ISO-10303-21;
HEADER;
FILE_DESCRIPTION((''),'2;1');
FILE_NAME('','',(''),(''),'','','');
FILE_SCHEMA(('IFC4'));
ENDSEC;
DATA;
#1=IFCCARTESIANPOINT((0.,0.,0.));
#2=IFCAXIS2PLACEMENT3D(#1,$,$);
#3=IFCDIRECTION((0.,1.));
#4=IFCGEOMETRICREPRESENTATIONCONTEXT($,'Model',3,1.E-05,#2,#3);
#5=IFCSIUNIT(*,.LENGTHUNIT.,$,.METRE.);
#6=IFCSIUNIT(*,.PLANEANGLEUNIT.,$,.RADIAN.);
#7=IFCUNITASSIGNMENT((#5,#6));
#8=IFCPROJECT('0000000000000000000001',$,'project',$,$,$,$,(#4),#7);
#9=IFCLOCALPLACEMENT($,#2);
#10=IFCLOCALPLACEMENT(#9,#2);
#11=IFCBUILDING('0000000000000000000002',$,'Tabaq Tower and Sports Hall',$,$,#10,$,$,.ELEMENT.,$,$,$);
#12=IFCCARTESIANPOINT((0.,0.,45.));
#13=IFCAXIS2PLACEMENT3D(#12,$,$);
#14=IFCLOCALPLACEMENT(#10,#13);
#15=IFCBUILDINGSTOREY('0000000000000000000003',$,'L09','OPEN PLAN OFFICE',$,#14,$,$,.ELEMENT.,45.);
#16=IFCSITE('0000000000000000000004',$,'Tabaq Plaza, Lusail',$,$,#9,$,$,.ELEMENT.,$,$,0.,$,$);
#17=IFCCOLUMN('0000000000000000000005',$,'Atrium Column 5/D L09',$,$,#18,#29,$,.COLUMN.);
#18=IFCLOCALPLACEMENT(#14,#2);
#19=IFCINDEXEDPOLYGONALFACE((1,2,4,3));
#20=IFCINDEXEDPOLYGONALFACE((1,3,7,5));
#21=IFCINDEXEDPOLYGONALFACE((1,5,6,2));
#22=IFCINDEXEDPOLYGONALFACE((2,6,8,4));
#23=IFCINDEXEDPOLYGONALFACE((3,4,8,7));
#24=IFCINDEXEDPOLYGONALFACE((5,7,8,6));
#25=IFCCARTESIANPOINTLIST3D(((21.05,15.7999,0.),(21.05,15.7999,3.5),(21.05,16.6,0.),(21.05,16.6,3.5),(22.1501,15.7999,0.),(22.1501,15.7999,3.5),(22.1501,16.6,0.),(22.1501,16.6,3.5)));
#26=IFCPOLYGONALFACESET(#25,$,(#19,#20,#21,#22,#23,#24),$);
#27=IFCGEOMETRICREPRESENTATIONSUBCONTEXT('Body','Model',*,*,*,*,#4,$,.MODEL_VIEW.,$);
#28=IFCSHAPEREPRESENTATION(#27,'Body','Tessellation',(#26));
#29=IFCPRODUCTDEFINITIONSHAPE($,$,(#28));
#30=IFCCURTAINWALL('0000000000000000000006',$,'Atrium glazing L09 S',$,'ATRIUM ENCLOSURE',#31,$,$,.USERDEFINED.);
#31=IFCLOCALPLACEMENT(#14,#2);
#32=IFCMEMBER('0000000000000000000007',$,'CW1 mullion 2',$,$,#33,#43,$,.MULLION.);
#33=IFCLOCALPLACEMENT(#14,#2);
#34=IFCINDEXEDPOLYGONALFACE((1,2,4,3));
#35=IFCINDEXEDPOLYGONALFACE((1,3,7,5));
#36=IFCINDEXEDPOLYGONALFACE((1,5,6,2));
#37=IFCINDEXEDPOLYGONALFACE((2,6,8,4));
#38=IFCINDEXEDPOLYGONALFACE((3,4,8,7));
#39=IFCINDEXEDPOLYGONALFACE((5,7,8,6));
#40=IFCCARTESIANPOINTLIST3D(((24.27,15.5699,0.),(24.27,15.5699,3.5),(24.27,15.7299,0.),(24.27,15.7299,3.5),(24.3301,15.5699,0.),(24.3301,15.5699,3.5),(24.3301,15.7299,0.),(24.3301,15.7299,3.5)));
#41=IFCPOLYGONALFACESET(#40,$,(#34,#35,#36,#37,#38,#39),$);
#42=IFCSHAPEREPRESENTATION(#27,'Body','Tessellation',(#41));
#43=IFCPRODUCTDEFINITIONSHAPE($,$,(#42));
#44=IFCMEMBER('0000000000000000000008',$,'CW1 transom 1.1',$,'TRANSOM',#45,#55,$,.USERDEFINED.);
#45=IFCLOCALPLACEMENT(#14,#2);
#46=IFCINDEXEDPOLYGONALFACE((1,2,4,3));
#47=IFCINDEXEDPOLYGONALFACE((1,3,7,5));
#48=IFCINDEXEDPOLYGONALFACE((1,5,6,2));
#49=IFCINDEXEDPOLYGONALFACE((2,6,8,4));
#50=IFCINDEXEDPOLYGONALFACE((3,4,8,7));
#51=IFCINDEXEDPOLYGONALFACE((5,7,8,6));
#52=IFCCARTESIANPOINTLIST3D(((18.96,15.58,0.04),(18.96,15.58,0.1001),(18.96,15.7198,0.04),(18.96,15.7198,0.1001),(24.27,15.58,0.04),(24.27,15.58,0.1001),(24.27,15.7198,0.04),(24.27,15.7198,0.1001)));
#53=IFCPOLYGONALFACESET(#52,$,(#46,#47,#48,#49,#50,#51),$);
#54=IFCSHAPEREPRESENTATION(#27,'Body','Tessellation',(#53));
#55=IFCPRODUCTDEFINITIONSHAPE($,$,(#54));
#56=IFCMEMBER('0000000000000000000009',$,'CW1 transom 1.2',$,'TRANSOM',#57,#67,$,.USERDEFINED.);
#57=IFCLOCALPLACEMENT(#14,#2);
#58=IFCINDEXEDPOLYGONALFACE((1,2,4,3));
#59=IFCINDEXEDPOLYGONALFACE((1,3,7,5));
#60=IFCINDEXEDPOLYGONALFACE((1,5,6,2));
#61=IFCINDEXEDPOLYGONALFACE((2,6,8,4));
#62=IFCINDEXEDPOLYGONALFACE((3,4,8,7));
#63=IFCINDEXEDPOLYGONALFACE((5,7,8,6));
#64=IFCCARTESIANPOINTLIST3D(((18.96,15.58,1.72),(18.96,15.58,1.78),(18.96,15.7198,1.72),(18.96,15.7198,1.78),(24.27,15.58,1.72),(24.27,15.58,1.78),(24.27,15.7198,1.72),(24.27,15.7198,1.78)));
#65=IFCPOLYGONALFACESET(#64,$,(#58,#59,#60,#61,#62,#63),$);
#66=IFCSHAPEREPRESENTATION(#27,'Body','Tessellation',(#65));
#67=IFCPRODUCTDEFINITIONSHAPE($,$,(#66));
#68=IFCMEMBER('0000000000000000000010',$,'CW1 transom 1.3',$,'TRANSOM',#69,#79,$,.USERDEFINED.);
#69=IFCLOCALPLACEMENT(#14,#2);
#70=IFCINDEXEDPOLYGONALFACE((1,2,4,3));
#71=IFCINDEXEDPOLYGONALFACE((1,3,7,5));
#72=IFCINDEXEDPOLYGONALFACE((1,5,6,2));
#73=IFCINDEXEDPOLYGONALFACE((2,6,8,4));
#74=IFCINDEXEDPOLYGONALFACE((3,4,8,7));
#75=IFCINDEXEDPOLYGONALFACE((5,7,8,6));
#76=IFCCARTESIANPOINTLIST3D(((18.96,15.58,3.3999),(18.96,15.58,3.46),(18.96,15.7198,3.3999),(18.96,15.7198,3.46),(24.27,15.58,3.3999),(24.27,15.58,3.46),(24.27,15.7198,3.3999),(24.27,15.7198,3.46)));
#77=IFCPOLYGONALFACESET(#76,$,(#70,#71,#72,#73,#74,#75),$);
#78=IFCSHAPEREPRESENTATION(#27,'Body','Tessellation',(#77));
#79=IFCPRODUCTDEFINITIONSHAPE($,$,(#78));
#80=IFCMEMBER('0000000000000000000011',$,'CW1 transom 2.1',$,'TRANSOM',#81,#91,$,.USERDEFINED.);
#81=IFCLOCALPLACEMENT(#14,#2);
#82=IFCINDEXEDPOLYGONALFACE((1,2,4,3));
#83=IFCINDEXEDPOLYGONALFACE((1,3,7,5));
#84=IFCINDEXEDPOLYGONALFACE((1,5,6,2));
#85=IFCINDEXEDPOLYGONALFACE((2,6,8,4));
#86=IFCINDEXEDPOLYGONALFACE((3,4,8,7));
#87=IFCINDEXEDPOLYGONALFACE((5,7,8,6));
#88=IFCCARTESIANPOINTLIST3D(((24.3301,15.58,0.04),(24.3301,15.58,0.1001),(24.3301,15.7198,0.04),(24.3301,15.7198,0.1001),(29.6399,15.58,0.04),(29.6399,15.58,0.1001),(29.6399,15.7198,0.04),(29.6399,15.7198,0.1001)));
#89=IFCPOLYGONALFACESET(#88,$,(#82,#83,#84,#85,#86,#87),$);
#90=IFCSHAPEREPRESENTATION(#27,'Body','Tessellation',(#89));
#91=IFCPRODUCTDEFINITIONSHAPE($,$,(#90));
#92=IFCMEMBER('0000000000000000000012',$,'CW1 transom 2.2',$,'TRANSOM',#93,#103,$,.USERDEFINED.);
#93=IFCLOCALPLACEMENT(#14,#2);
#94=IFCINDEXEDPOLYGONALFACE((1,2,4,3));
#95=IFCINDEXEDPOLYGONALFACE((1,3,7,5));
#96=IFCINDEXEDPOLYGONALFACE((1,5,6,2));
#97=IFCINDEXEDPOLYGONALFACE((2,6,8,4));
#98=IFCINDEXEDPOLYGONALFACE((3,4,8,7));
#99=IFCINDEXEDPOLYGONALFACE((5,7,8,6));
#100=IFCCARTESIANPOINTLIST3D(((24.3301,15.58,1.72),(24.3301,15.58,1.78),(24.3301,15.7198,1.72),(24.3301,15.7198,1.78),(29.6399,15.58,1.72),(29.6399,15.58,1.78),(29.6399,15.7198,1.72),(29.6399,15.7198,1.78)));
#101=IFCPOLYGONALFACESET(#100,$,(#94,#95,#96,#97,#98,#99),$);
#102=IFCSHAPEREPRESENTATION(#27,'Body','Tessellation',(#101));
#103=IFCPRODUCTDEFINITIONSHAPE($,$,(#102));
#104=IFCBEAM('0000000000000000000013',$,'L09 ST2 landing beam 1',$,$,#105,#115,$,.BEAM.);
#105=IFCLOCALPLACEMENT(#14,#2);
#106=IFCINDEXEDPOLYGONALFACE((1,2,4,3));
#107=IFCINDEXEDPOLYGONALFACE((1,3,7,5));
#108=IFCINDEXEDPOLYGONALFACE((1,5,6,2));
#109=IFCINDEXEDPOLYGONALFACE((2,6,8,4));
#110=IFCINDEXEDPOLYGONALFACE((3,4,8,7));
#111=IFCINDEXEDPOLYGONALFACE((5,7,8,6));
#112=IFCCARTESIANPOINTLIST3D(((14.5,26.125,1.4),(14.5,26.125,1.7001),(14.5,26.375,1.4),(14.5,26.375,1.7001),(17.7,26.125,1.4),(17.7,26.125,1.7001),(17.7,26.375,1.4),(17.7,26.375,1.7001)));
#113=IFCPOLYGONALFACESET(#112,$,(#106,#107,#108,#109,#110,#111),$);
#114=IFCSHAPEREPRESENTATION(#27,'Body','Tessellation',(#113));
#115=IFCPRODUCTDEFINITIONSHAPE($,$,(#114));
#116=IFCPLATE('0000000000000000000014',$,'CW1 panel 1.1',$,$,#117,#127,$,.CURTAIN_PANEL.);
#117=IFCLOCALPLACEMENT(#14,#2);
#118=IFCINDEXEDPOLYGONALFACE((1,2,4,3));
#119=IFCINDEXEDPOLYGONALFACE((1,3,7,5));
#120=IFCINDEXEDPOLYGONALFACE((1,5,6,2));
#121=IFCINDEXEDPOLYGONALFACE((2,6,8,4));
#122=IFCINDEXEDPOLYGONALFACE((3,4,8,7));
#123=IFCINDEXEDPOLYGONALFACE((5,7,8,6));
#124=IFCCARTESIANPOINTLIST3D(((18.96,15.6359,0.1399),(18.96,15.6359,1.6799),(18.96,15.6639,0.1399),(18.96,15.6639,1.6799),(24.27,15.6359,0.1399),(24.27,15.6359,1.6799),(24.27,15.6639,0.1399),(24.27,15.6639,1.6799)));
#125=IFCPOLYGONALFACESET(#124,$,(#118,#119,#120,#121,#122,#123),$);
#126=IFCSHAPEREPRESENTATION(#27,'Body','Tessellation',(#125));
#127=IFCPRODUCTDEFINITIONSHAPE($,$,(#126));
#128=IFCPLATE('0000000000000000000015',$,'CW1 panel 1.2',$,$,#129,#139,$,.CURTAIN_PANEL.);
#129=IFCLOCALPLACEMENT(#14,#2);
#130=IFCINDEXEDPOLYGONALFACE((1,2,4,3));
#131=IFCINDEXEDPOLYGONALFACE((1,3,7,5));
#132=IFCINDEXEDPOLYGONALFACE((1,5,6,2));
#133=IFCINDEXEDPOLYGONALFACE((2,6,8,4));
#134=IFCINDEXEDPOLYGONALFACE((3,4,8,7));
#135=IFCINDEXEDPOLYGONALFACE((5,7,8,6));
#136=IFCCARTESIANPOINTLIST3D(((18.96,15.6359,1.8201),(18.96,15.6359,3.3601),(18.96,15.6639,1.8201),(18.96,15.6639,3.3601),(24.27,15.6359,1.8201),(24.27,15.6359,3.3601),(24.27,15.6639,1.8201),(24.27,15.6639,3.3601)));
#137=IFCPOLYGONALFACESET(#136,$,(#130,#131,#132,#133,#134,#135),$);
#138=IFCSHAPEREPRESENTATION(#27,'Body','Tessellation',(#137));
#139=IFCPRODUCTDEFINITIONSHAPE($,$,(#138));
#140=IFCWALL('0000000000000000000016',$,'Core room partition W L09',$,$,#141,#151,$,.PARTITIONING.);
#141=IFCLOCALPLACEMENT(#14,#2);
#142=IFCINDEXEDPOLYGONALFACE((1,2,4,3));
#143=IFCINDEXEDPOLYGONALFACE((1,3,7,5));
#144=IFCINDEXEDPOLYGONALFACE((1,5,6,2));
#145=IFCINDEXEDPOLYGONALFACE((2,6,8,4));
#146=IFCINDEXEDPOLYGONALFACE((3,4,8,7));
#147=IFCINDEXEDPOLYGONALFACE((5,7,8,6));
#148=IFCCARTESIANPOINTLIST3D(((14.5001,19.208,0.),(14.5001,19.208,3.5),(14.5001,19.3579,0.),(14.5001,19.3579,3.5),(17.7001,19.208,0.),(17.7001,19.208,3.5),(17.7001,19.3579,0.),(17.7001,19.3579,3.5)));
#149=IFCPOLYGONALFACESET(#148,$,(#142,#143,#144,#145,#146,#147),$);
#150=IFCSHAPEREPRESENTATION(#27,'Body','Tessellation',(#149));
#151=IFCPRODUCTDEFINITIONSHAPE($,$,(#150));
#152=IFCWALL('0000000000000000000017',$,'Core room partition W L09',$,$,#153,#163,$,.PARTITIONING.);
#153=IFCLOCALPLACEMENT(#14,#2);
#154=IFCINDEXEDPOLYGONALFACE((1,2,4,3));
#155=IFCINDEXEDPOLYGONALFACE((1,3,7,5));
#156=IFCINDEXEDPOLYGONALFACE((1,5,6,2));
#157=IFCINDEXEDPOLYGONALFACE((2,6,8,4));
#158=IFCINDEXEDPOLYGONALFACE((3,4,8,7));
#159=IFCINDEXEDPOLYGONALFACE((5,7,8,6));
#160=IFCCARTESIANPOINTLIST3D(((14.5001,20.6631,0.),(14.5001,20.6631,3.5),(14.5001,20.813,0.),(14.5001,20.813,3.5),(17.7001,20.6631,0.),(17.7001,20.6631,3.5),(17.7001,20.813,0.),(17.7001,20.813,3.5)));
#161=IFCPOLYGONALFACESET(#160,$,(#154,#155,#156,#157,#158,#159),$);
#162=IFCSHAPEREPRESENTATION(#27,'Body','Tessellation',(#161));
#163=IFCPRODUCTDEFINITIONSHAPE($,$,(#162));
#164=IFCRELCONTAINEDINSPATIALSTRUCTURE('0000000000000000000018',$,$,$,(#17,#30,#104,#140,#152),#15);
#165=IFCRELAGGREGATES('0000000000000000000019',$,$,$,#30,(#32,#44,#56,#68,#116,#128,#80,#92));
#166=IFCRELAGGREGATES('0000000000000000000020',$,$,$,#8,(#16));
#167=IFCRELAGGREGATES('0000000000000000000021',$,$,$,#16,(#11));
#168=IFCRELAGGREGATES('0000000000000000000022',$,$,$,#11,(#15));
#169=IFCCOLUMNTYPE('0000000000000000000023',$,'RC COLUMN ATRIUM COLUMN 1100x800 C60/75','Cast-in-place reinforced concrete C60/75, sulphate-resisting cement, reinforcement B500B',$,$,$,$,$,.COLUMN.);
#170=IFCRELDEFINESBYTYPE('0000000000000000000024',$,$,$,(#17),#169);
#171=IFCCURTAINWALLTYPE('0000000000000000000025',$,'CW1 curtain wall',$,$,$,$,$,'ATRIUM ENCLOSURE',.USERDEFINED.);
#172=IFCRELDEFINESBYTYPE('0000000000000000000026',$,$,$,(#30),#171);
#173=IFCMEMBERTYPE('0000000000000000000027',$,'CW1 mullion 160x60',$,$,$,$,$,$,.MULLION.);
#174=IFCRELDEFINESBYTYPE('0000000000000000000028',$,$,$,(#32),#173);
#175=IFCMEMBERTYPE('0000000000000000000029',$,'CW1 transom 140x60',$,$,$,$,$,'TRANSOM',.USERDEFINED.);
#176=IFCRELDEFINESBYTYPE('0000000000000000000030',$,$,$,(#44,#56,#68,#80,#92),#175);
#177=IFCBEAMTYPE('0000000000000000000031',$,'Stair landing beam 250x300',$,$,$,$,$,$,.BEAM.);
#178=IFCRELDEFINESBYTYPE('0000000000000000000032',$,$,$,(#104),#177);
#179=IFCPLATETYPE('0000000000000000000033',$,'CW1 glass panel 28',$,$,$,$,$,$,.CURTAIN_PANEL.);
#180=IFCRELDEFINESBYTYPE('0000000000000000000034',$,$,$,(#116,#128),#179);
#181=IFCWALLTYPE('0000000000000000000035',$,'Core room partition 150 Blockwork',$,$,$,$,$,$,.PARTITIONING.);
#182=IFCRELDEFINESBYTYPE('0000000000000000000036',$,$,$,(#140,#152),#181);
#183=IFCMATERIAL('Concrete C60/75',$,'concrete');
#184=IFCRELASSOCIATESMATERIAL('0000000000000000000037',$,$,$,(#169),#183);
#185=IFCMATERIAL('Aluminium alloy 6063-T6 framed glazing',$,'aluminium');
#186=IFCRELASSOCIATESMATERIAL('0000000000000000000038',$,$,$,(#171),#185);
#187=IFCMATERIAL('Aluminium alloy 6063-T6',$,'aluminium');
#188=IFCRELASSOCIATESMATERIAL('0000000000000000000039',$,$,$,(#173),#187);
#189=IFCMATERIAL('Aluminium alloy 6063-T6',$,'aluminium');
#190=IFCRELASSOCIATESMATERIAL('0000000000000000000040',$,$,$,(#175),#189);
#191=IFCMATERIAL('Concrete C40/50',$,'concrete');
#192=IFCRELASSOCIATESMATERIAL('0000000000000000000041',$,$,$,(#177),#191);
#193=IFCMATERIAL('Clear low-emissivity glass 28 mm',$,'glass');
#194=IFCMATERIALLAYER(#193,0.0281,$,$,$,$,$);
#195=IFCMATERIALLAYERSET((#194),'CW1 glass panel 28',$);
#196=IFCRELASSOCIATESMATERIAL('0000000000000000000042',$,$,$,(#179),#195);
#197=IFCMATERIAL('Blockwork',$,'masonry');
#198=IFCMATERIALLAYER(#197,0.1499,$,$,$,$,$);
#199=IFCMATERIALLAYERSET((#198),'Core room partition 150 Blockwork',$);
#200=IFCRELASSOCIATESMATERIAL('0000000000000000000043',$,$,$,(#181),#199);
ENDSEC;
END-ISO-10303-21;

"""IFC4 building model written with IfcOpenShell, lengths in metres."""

from ifc_helpers import new_model, si_unit, direction, frame, frame_2d, origin, origin_2d, place, context, subcontext, project, spatial, rectangle, extrude, material, layer, layer_set, material_profile, profile_set, type_object, element, aggregate, save


model = new_model("IFC4")

# Units and contexts
model_context = context("Model", 3, precision=1e-05, world=origin(), true_north=direction((0.0, 1.0)))
body_context = subcontext(model_context, "Body", "Model", "MODEL_VIEW")
ifc_project = project(units=[si_unit("LENGTHUNIT", "METRE"), si_unit("PLANEANGLEUNIT", "RADIAN")], contexts=[model_context])

# Site, building, storey
site_placement = place(None, origin())
site = spatial("IfcSite", under=ifc_project, at=site_placement, Name="Tabaq Plaza, Lusail", CompositionType="ELEMENT", RefElevation=0.0)
building_placement = place(site_placement, origin())
building = spatial("IfcBuilding", under=site, at=building_placement, Name="Tabaq Tower and Sports Hall", CompositionType="ELEMENT")
storey_placement = place(building_placement, frame((0.0, 0.0, 45.0)))
storey = spatial("IfcBuildingStorey", under=building, at=storey_placement, Name="L09", Description="OPEN PLAN OFFICE", CompositionType="ELEMENT", Elevation=45.0)

# Column
ifc_material_1 = material(Name="Concrete C60/75", Category="concrete")
ifc_material_profile_1 = material_profile(ifc_material_1, rectangle(XDim=1.1001, YDim=0.8, at=origin_2d()), Name="ATRIUM COLUMN 1100x800")
ifc_profile_set_1 = profile_set([ifc_material_profile_1], Name="Concrete C60/75")
column_type = type_object("IfcColumnType", Name="RC COLUMN ATRIUM COLUMN 1100x800 C60/75", Description="Cast-in-place reinforced concrete C60/75, sulphate-resisting cement, reinforcement B500B", PredefinedType="COLUMN", material=ifc_profile_set_1)
column_placement = place(storey_placement, frame((21.6001, 16.2, 0.0), z_axis=(0.0, 0.0, 1.0), x_axis=(1.0, 0.0, 0.0)))
element("IfcColumn", 1, at=column_placement, inside=storey, type_object=column_type, Name="Atrium Column 5/D L09", PredefinedType="COLUMN", context=body_context, shape_type="SweptSolid", body=[
    extrude(rectangle(XDim=1.1001, YDim=0.8, at=origin_2d()), origin(), (0.0, 0.0, 1.0), 3.5),
])

# Curtain wall, members
ifc_material_2 = material(Name="Aluminium alloy 6063-T6 framed glazing", Category="aluminium")
curtain_wall_type = type_object("IfcCurtainWallType", Name="CW1 curtain wall", ElementType="ATRIUM ENCLOSURE", PredefinedType="USERDEFINED", material=ifc_material_2)
curtain_wall_placement = place(storey_placement, origin())
curtain_wall = element("IfcCurtainWall", 2, at=curtain_wall_placement, inside=storey, type_object=curtain_wall_type, Name="Atrium glazing L09 S", ObjectType="ATRIUM ENCLOSURE", PredefinedType="USERDEFINED")
ifc_material_3 = material(Name="Aluminium alloy 6063-T6", Category="aluminium")
ifc_material_profile_2 = material_profile(ifc_material_3, rectangle(XDim=0.1599, YDim=0.0601, at=origin_2d()), Name="MULLION 160x60")
ifc_profile_set_2 = profile_set([ifc_material_profile_2], Name="Aluminium alloy 6063-T6")
member_type_1 = type_object("IfcMemberType", Name="CW1 mullion 160x60", PredefinedType="MULLION", material=ifc_profile_set_2)
member_1_placement = place(storey_placement, frame((24.3, 15.6499, 0.0), z_axis=(0.0, 0.0, 1.0), x_axis=(0.0, 1.0, 0.0)))
member_1 = element("IfcMember", 3, at=member_1_placement, type_object=member_type_1, Name="CW1 mullion 2", PredefinedType="MULLION", context=body_context, shape_type="SweptSolid", body=[
    extrude(rectangle(XDim=0.1599, YDim=0.0601, at=origin_2d()), origin(), (0.0, 0.0, 1.0), 3.5),
])
ifc_material_4 = material(Name="Aluminium alloy 6063-T6", Category="aluminium")
ifc_material_profile_3 = material_profile(ifc_material_4, rectangle(XDim=0.1399, YDim=0.0601, at=origin_2d()), Name="TRANSOM 140x60")
ifc_profile_set_3 = profile_set([ifc_material_profile_3], Name="Aluminium alloy 6063-T6")
member_type_2 = type_object("IfcMemberType", Name="CW1 transom 140x60", ElementType="TRANSOM", PredefinedType="USERDEFINED", material=ifc_profile_set_3)
member_2_placement = place(storey_placement, frame((18.96, 15.6499, 0.0701), z_axis=(1.0, 0.0, 0.0), x_axis=(0.0, 1.0, 0.0)))
member_2 = element("IfcMember", 4, at=member_2_placement, type_object=member_type_2, Name="CW1 transom 1.1", ObjectType="TRANSOM", PredefinedType="USERDEFINED", context=body_context, shape_type="SweptSolid", body=[
    extrude(rectangle(XDim=0.1399, YDim=0.0601, at=origin_2d()), origin(), (0.0, 0.0, 1.0), 5.3101),
])
member_3_placement = place(storey_placement, frame((18.96, 15.6499, 1.75), z_axis=(1.0, 0.0, 0.0), x_axis=(0.0, 1.0, 0.0)))
member_3 = element("IfcMember", 5, at=member_3_placement, type_object=member_type_2, Name="CW1 transom 1.2", ObjectType="TRANSOM", PredefinedType="USERDEFINED", context=body_context, shape_type="SweptSolid", body=[
    extrude(rectangle(XDim=0.1399, YDim=0.0601, at=origin_2d()), origin(), (0.0, 0.0, 1.0), 5.3101),
])
member_4_placement = place(storey_placement, frame((18.96, 15.6499, 3.4299), z_axis=(1.0, 0.0, 0.0), x_axis=(0.0, 1.0, 0.0)))
member_4 = element("IfcMember", 6, at=member_4_placement, type_object=member_type_2, Name="CW1 transom 1.3", ObjectType="TRANSOM", PredefinedType="USERDEFINED", context=body_context, shape_type="SweptSolid", body=[
    extrude(rectangle(XDim=0.1399, YDim=0.0601, at=origin_2d()), origin(), (0.0, 0.0, 1.0), 5.3101),
])
member_5_placement = place(storey_placement, frame((24.3301, 15.6499, 0.0701), z_axis=(1.0, 0.0, 0.0), x_axis=(0.0, 1.0, 0.0)))
member_5 = element("IfcMember", 7, at=member_5_placement, type_object=member_type_2, Name="CW1 transom 2.1", ObjectType="TRANSOM", PredefinedType="USERDEFINED", context=body_context, shape_type="SweptSolid", body=[
    extrude(rectangle(XDim=0.1399, YDim=0.0601, at=origin_2d()), origin(), (0.0, 0.0, 1.0), 5.3098),
])
member_6_placement = place(storey_placement, frame((24.3301, 15.6499, 1.75), z_axis=(1.0, 0.0, 0.0), x_axis=(0.0, 1.0, 0.0)))
member_6 = element("IfcMember", 8, at=member_6_placement, type_object=member_type_2, Name="CW1 transom 2.2", ObjectType="TRANSOM", PredefinedType="USERDEFINED", context=body_context, shape_type="SweptSolid", body=[
    extrude(rectangle(XDim=0.1399, YDim=0.0601, at=origin_2d()), origin(), (0.0, 0.0, 1.0), 5.3098),
])

# Beam
ifc_material_5 = material(Name="Concrete C40/50", Category="concrete")
ifc_material_profile_4 = material_profile(ifc_material_5, rectangle(XDim=0.25, YDim=0.3, at=origin_2d()), Name="RC 250x300")
ifc_profile_set_4 = profile_set([ifc_material_profile_4], Name="Concrete C40/50")
beam_type = type_object("IfcBeamType", Name="Stair landing beam 250x300", PredefinedType="BEAM", material=ifc_profile_set_4)
beam_placement = place(storey_placement, frame((14.5, 26.25, 1.55), z_axis=(1.0, 0.0, 0.0), x_axis=(0.0, 1.0, 0.0)))
element("IfcBeam", 9, at=beam_placement, inside=storey, type_object=beam_type, Name="L09 ST2 landing beam 1", PredefinedType="BEAM", context=body_context, shape_type="SweptSolid", body=[
    extrude(rectangle(XDim=0.25, YDim=0.3, at=origin_2d()), origin(), (0.0, 0.0, 1.0), 3.2),
])

# Plates
ifc_material_6 = material(Name="Clear low-emissivity glass 28 mm", Category="glass")
ifc_layer_1 = layer(ifc_material_6, 0.0281)
ifc_layer_set_1 = layer_set([ifc_layer_1], Name="CW1 glass panel 28")
plate_type = type_object("IfcPlateType", Name="CW1 glass panel 28", PredefinedType="CURTAIN_PANEL", material=ifc_layer_set_1)
plate_1_placement = place(storey_placement, frame((21.615, 15.6499, 0.1399), z_axis=(0.0, 0.0, 1.0), x_axis=(1.0, 0.0, 0.0)))
plate_1 = element("IfcPlate", 10, at=plate_1_placement, type_object=plate_type, Name="CW1 panel 1.1", PredefinedType="CURTAIN_PANEL", context=body_context, shape_type="SweptSolid", body=[
    extrude(rectangle(XDim=5.3101, YDim=0.0281, at=origin_2d()), origin(), (0.0, 0.0, 1.0), 1.54),
])
plate_2_placement = place(storey_placement, frame((21.615, 15.6499, 1.8201), z_axis=(0.0, 0.0, 1.0), x_axis=(1.0, 0.0, 0.0)))
plate_2 = element("IfcPlate", 11, at=plate_2_placement, type_object=plate_type, Name="CW1 panel 1.2", PredefinedType="CURTAIN_PANEL", context=body_context, shape_type="SweptSolid", body=[
    extrude(rectangle(XDim=5.3101, YDim=0.0281, at=origin_2d()), origin(), (0.0, 0.0, 1.0), 1.54),
])
aggregate(curtain_wall, [member_1, member_2, member_3, member_4, plate_1, plate_2, member_5, member_6])

# Walls
ifc_material_7 = material(Name="Blockwork", Category="masonry")
ifc_layer_2 = layer(ifc_material_7, 0.1499)
ifc_layer_set_2 = layer_set([ifc_layer_2], Name="Core room partition 150 Blockwork")
wall_type_1 = type_object("IfcWallType", Name="Core room partition 150 Blockwork", PredefinedType="PARTITIONING", material=ifc_layer_set_2)
for number, where, z_axis, x_axis, name in (
    (12, (14.5, 19.283, 0.0), (0.0, 0.0, 1.0), (1.0, 0.0, 0.0), "Core room partition W L09"),
    (13, (14.5, 20.738, 0.0), (0.0, 0.0, 1.0), (1.0, 0.0, 0.0), "Core room partition W L09"),
):
    element("IfcWall", number, at=place(storey_placement, frame(where, z_axis=z_axis, x_axis=x_axis)), inside=storey, type_object=wall_type_1, Name=name, PredefinedType="PARTITIONING", context=body_context, shape_type="SweptSolid", body=[
        extrude(rectangle(XDim=3.2, YDim=0.1499, at=frame_2d((1.6001, 0.0))), origin(), (0.0, 0.0, 1.0), 3.5),
    ])

save(model, "model.ifc")
